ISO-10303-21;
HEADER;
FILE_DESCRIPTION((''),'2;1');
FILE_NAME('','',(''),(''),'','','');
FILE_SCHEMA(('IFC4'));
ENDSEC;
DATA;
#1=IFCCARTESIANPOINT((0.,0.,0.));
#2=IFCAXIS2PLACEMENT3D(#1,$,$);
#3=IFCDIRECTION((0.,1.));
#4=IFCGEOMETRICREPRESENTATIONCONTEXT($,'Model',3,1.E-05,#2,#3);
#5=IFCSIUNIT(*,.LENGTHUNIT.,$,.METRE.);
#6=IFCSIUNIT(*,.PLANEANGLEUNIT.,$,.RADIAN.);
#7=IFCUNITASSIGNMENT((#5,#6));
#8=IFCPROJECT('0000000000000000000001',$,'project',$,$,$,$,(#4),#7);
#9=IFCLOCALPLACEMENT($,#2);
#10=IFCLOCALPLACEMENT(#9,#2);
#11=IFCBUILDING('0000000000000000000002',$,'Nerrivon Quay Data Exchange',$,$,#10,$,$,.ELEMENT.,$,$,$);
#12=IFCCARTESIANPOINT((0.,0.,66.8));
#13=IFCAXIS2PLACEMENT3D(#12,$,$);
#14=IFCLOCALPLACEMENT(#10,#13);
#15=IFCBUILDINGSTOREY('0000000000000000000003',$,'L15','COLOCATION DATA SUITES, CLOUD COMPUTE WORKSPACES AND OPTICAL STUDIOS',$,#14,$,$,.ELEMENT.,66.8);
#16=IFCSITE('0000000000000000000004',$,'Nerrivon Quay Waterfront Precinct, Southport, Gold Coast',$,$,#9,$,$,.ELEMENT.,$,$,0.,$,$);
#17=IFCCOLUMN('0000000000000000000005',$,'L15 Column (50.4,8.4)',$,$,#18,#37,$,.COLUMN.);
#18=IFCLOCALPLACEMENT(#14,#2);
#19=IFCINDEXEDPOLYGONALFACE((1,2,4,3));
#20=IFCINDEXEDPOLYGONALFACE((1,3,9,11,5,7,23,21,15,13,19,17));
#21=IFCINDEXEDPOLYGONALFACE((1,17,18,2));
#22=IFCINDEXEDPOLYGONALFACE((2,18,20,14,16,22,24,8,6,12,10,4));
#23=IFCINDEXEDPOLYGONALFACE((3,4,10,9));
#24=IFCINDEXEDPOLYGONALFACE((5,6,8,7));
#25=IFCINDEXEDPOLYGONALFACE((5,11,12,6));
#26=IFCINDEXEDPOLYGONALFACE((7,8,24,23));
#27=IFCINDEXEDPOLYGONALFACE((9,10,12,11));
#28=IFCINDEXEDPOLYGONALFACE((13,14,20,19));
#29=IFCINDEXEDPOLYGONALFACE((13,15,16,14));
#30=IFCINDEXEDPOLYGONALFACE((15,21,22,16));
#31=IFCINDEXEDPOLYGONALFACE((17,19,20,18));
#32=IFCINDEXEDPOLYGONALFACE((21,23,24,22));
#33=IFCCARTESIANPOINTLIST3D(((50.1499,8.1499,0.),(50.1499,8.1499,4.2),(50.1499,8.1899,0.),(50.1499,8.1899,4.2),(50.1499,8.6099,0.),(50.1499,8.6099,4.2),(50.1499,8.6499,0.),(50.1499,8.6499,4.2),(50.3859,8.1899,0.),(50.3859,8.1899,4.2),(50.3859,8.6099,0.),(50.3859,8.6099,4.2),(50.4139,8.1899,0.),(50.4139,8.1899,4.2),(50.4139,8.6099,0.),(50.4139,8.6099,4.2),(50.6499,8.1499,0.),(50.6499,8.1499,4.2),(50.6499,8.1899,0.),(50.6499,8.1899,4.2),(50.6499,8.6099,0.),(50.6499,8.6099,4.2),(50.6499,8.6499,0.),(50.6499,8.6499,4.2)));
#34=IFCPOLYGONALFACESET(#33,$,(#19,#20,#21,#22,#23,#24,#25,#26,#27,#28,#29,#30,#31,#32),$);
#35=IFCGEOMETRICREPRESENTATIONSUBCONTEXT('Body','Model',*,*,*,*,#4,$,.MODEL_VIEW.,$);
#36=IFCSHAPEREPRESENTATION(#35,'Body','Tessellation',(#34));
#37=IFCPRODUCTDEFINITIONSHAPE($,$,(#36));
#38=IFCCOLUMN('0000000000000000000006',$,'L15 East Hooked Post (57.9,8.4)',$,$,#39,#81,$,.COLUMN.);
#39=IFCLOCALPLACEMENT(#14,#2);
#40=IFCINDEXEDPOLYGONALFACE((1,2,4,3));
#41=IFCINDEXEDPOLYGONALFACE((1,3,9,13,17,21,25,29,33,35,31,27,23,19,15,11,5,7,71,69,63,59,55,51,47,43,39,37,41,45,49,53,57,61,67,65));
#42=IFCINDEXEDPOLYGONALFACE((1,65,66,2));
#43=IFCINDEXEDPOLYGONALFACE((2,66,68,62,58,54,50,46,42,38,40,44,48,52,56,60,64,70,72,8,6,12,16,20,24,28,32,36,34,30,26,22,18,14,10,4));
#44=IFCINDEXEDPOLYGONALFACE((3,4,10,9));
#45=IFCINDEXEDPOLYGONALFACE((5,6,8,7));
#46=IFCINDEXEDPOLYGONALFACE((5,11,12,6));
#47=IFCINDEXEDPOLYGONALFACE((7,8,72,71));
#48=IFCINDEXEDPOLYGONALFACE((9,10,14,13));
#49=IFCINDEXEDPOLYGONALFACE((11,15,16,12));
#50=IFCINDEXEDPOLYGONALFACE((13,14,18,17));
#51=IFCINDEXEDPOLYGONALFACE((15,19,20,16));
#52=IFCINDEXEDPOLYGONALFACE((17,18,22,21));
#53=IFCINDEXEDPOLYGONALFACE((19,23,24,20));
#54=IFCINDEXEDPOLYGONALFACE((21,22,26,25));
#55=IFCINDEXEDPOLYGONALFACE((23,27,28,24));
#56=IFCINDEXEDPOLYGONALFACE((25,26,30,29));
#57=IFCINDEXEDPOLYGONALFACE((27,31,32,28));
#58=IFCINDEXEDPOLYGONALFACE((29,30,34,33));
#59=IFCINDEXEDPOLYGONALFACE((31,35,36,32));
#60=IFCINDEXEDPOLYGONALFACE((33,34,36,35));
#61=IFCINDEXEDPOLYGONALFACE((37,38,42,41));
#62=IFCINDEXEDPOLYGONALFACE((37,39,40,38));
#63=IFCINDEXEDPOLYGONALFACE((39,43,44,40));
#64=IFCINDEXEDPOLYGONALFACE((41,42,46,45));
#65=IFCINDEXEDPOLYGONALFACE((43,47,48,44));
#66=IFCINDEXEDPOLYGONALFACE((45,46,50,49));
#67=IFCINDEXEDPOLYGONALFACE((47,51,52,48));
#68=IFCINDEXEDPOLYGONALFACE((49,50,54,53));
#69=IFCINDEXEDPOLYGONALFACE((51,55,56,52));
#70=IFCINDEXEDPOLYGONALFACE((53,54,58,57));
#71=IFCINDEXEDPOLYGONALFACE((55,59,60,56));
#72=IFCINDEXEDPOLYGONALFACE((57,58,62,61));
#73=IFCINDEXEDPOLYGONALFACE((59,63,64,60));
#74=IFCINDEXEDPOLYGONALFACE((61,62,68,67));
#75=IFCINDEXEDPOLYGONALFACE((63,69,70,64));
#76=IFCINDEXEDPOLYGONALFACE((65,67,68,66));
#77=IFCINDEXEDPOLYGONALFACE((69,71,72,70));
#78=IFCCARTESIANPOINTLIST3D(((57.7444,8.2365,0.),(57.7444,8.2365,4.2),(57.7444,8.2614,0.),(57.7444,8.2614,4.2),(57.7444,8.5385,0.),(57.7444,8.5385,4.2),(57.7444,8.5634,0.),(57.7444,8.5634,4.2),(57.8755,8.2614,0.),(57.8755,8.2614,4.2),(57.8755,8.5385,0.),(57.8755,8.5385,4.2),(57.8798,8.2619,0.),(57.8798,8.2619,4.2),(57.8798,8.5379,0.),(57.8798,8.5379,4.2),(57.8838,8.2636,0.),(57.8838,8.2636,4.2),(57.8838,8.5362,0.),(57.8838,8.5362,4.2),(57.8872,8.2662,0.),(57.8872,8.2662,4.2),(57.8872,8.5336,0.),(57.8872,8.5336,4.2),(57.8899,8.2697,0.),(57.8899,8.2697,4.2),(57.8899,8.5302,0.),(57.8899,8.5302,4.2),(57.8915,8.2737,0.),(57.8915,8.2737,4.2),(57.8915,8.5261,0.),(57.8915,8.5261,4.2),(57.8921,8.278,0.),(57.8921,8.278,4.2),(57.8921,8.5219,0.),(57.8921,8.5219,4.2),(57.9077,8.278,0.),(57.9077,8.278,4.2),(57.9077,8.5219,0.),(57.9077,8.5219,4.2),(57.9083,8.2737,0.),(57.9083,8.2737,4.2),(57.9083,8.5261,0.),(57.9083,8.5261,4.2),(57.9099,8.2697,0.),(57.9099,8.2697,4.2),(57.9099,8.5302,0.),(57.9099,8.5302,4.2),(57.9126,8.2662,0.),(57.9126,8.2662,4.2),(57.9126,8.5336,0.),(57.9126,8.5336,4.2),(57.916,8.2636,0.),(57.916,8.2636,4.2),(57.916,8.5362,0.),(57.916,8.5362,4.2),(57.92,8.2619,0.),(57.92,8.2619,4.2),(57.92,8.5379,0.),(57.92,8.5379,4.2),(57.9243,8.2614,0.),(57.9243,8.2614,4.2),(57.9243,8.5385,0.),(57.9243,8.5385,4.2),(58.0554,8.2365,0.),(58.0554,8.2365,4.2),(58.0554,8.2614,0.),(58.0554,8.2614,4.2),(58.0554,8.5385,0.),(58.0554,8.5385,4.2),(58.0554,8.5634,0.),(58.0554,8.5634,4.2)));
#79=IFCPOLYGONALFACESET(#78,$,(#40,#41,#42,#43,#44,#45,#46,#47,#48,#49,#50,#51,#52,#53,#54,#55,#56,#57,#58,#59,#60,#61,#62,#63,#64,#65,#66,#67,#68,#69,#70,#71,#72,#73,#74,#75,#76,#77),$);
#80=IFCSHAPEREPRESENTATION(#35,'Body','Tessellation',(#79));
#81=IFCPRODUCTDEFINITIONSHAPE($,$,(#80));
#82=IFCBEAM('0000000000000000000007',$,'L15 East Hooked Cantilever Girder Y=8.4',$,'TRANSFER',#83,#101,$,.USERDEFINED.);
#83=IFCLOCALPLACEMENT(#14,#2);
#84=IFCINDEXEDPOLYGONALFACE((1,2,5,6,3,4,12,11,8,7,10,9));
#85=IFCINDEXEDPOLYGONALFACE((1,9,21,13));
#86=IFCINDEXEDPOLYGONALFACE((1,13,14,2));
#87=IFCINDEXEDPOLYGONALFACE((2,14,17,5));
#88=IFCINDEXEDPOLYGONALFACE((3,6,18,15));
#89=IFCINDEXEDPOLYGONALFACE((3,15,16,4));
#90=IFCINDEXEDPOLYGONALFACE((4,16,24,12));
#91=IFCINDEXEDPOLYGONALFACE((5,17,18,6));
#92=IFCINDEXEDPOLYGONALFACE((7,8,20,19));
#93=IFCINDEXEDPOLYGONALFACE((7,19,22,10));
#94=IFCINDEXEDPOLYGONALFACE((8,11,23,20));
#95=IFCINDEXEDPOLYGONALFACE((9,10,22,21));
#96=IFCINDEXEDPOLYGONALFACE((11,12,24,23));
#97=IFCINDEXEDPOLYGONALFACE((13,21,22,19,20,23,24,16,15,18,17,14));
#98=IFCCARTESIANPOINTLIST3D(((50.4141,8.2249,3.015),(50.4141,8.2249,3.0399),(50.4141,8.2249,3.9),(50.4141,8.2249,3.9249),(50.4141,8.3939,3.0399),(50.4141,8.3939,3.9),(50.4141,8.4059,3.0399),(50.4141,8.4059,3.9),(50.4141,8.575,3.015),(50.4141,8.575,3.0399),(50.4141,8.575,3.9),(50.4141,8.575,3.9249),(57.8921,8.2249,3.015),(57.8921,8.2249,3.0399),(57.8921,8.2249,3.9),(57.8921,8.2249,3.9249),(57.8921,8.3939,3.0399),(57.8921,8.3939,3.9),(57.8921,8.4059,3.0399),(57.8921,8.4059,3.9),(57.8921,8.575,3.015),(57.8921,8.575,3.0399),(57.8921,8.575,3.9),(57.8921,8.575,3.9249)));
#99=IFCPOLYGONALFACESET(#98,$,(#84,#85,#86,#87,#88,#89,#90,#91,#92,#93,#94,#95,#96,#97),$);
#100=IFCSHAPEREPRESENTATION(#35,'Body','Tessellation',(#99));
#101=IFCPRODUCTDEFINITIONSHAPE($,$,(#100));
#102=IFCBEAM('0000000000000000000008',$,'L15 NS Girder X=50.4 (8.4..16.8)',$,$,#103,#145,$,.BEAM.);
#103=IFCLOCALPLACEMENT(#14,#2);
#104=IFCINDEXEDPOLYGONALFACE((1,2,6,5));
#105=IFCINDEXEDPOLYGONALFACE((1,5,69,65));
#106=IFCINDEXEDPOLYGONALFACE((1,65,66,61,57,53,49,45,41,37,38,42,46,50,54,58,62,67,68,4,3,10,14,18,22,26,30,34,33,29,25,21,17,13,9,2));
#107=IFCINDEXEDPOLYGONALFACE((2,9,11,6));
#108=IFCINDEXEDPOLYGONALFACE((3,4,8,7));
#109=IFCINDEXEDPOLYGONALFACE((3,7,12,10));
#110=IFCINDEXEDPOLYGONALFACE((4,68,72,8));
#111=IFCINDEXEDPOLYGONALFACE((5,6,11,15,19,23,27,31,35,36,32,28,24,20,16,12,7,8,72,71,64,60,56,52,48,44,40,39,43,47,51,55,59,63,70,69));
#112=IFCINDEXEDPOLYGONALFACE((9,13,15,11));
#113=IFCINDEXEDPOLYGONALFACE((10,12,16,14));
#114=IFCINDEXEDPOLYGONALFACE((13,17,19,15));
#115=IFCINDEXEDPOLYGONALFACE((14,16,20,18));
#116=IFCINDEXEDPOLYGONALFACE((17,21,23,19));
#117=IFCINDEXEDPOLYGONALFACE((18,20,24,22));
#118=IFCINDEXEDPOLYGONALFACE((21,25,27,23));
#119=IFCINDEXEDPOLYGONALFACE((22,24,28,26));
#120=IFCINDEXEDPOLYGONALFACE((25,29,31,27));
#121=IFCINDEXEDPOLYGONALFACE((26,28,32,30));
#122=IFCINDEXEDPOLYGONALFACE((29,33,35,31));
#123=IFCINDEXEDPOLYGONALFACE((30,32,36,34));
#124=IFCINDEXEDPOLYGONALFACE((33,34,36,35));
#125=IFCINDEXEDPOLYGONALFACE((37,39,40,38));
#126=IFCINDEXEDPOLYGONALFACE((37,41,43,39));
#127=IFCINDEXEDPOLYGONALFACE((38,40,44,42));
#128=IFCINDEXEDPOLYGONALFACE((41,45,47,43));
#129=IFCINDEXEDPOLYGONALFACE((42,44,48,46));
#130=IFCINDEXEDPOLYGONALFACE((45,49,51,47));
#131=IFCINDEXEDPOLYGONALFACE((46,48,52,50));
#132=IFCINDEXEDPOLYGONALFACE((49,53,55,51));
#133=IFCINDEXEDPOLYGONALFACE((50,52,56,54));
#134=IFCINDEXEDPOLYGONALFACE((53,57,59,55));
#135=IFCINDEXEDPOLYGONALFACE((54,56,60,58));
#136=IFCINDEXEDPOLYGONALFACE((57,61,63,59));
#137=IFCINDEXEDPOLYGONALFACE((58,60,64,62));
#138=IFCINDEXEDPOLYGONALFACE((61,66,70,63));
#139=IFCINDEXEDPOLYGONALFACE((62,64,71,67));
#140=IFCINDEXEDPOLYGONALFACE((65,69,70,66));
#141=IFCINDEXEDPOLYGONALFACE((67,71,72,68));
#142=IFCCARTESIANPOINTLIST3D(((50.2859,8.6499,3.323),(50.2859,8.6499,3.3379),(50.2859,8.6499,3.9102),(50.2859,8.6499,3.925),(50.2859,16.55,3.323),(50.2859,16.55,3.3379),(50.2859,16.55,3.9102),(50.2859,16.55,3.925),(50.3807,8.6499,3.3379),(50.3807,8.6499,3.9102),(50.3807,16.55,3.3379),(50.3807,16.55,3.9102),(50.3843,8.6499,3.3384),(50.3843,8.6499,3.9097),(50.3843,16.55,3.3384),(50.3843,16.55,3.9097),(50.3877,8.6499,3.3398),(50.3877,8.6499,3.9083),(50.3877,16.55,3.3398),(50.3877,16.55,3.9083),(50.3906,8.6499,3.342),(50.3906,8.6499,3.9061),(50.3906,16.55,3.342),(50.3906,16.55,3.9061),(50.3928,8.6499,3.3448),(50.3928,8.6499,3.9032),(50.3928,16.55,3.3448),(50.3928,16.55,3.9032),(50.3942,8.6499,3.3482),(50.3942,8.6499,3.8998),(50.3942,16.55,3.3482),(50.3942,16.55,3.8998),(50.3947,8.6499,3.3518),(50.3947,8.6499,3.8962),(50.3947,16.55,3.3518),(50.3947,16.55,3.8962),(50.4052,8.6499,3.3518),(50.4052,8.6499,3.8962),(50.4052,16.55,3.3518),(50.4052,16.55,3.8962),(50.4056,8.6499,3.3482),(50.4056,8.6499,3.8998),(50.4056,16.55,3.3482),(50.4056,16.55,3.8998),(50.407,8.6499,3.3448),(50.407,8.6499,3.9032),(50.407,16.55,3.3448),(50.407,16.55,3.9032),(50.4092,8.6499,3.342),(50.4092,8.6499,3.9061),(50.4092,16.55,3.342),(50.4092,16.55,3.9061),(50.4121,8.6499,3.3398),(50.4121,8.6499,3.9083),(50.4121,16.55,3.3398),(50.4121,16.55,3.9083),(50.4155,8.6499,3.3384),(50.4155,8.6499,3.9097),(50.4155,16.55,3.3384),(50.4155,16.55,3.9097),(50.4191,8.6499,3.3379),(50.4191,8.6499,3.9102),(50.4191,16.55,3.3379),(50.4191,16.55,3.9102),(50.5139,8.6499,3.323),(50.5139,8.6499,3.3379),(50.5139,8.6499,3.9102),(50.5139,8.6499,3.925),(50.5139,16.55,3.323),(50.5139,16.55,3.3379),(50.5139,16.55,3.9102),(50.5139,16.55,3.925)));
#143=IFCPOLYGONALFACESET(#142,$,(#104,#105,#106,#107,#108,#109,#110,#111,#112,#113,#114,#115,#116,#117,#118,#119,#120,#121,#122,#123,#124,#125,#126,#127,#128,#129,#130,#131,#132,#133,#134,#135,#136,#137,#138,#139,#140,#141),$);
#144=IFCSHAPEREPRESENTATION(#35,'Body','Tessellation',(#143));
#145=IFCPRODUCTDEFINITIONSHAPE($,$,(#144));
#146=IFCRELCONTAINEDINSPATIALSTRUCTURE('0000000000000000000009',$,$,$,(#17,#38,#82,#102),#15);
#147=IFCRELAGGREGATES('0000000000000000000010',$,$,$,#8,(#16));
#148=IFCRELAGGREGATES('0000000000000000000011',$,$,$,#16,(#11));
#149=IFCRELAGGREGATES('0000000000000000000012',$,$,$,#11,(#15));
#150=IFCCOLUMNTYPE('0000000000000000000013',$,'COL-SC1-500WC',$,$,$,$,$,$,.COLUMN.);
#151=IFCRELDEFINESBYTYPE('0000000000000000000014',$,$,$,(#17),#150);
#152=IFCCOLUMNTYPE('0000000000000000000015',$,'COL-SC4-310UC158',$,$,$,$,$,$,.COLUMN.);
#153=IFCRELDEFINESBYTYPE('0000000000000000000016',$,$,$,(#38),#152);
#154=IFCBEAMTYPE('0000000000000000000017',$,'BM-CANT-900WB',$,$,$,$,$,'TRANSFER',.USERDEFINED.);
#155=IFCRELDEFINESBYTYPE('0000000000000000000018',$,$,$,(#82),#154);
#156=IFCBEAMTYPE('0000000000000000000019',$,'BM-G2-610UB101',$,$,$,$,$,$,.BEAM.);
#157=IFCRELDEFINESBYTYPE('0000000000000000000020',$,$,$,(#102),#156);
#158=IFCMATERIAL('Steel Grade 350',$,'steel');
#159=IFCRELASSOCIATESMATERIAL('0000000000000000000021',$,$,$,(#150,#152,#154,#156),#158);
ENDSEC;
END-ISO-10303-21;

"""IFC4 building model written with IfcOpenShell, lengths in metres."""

from ifc_helpers import new_model, si_unit, direction, frame, origin, origin_2d, place, context, subcontext, project, spatial, i_section, extrude, material, material_profile, profile_set, type_object, element, save


model = new_model("IFC4")

# Units and contexts
model_context = context("Model", 3, precision=1e-05, world=origin(), true_north=direction((0.0, 1.0)))
body_context = subcontext(model_context, "Body", "Model", "MODEL_VIEW")
ifc_project = project(units=[si_unit("LENGTHUNIT", "METRE"), si_unit("PLANEANGLEUNIT", "RADIAN")], contexts=[model_context])

# Site, building, storey
site_placement = place(None, origin())
site = spatial("IfcSite", under=ifc_project, at=site_placement, Name="Nerrivon Quay Waterfront Precinct, Southport, Gold Coast", CompositionType="ELEMENT", RefElevation=0.0)
building_placement = place(site_placement, origin())
building = spatial("IfcBuilding", under=site, at=building_placement, Name="Nerrivon Quay Data Exchange", CompositionType="ELEMENT")
storey_placement = place(building_placement, frame((0.0, 0.0, 66.8)))
storey = spatial("IfcBuildingStorey", under=building, at=storey_placement, Name="L15", Description="COLOCATION DATA SUITES, CLOUD COMPUTE WORKSPACES AND OPTICAL STUDIOS", CompositionType="ELEMENT", Elevation=66.8)

# Columns
ifc_material_1 = material(Name="Steel Grade 350", Category="steel")
ifc_material_profile_1 = material_profile(ifc_material_1, i_section(OverallWidth=0.5, OverallDepth=0.5, WebThickness=0.0281, FlangeThickness=0.04, at=origin_2d()), Name="500WC440")
ifc_profile_set_1 = profile_set([ifc_material_profile_1], Name="Steel Grade 350")
column_type_1 = type_object("IfcColumnType", Name="COL-SC1-500WC", PredefinedType="COLUMN", material=ifc_profile_set_1)
column_1_placement = place(storey_placement, frame((50.3999, 8.3999, 0.0), z_axis=(0.0, 0.0, 1.0), x_axis=(1.0, 0.0, 0.0)))
element("IfcColumn", 1, at=column_1_placement, inside=storey, type_object=column_type_1, Name="L15 Column (50.4,8.4)", PredefinedType="COLUMN", context=body_context, shape_type="SweptSolid", body=[
    extrude(i_section(OverallWidth=0.5, OverallDepth=0.5, WebThickness=0.0281, FlangeThickness=0.04, at=origin_2d()), origin(), (0.0, 0.0, 1.0), 4.2),
])
ifc_material_profile_2 = material_profile(ifc_material_1, i_section(OverallWidth=0.311, OverallDepth=0.3269, WebThickness=0.0156, FlangeThickness=0.0249, FilletRadius=0.0166, at=origin_2d()), Name="310UC158")
ifc_profile_set_2 = profile_set([ifc_material_profile_2], Name="Steel Grade 350")
column_type_2 = type_object("IfcColumnType", Name="COL-SC4-310UC158", PredefinedType="COLUMN", material=ifc_profile_set_2)
column_2_placement = place(storey_placement, frame((57.8999, 8.3999, 0.0), z_axis=(0.0, 0.0, 1.0), x_axis=(1.0, 0.0, 0.0)))
element("IfcColumn", 2, at=column_2_placement, inside=storey, type_object=column_type_2, Name="L15 East Hooked Post (57.9,8.4)", PredefinedType="COLUMN", context=body_context, shape_type="SweptSolid", body=[
    extrude(i_section(OverallWidth=0.311, OverallDepth=0.3269, WebThickness=0.0156, FlangeThickness=0.0249, FilletRadius=0.0166, at=origin_2d()), origin(), (0.0, 0.0, 1.0), 4.2),
])

# Beams
ifc_material_profile_3 = material_profile(ifc_material_1, i_section(OverallWidth=0.3501, OverallDepth=0.9099, WebThickness=0.012, FlangeThickness=0.0249, at=origin_2d()), Name="900WB218")
ifc_profile_set_3 = profile_set([ifc_material_profile_3], Name="Steel Grade 350")
beam_type_1 = type_object("IfcBeamType", Name="BM-CANT-900WB", ElementType="TRANSFER", PredefinedType="USERDEFINED", material=ifc_profile_set_3)
beam_1_placement = place(storey_placement, frame((50.4141, 8.3999, 3.47), z_axis=(1.0, 0.0, 0.0), x_axis=(0.0, 1.0, 0.0)))
element("IfcBeam", 3, at=beam_1_placement, inside=storey, type_object=beam_type_1, Name="L15 East Hooked Cantilever Girder Y=8.4", ObjectType="TRANSFER", PredefinedType="USERDEFINED", context=body_context, shape_type="SweptSolid", body=[
    extrude(i_section(OverallWidth=0.3501, OverallDepth=0.9099, WebThickness=0.012, FlangeThickness=0.0249, at=origin_2d()), origin(), (0.0, 0.0, 1.0), 7.478),
])
ifc_material_profile_4 = material_profile(ifc_material_1, i_section(OverallWidth=0.228, OverallDepth=0.6021, WebThickness=0.0105, FlangeThickness=0.0149, FilletRadius=0.0139, at=origin_2d()), Name="610UB101")
ifc_profile_set_4 = profile_set([ifc_material_profile_4], Name="Steel Grade 350")
beam_type_2 = type_object("IfcBeamType", Name="BM-G2-610UB101", PredefinedType="BEAM", material=ifc_profile_set_4)
beam_2_placement = place(storey_placement, frame((50.3999, 8.6499, 3.624), z_axis=(0.0, 1.0, 0.0), x_axis=(-1.0, 0.0, 0.0)))
element("IfcBeam", 4, at=beam_2_placement, inside=storey, type_object=beam_type_2, Name="L15 NS Girder X=50.4 (8.4..16.8)", PredefinedType="BEAM", context=body_context, shape_type="SweptSolid", body=[
    extrude(i_section(OverallWidth=0.228, OverallDepth=0.6021, WebThickness=0.0105, FlangeThickness=0.0149, FilletRadius=0.0139, at=origin_2d()), origin(), (0.0, 0.0, 1.0), 7.9001),
])

save(model, "model.ifc")
